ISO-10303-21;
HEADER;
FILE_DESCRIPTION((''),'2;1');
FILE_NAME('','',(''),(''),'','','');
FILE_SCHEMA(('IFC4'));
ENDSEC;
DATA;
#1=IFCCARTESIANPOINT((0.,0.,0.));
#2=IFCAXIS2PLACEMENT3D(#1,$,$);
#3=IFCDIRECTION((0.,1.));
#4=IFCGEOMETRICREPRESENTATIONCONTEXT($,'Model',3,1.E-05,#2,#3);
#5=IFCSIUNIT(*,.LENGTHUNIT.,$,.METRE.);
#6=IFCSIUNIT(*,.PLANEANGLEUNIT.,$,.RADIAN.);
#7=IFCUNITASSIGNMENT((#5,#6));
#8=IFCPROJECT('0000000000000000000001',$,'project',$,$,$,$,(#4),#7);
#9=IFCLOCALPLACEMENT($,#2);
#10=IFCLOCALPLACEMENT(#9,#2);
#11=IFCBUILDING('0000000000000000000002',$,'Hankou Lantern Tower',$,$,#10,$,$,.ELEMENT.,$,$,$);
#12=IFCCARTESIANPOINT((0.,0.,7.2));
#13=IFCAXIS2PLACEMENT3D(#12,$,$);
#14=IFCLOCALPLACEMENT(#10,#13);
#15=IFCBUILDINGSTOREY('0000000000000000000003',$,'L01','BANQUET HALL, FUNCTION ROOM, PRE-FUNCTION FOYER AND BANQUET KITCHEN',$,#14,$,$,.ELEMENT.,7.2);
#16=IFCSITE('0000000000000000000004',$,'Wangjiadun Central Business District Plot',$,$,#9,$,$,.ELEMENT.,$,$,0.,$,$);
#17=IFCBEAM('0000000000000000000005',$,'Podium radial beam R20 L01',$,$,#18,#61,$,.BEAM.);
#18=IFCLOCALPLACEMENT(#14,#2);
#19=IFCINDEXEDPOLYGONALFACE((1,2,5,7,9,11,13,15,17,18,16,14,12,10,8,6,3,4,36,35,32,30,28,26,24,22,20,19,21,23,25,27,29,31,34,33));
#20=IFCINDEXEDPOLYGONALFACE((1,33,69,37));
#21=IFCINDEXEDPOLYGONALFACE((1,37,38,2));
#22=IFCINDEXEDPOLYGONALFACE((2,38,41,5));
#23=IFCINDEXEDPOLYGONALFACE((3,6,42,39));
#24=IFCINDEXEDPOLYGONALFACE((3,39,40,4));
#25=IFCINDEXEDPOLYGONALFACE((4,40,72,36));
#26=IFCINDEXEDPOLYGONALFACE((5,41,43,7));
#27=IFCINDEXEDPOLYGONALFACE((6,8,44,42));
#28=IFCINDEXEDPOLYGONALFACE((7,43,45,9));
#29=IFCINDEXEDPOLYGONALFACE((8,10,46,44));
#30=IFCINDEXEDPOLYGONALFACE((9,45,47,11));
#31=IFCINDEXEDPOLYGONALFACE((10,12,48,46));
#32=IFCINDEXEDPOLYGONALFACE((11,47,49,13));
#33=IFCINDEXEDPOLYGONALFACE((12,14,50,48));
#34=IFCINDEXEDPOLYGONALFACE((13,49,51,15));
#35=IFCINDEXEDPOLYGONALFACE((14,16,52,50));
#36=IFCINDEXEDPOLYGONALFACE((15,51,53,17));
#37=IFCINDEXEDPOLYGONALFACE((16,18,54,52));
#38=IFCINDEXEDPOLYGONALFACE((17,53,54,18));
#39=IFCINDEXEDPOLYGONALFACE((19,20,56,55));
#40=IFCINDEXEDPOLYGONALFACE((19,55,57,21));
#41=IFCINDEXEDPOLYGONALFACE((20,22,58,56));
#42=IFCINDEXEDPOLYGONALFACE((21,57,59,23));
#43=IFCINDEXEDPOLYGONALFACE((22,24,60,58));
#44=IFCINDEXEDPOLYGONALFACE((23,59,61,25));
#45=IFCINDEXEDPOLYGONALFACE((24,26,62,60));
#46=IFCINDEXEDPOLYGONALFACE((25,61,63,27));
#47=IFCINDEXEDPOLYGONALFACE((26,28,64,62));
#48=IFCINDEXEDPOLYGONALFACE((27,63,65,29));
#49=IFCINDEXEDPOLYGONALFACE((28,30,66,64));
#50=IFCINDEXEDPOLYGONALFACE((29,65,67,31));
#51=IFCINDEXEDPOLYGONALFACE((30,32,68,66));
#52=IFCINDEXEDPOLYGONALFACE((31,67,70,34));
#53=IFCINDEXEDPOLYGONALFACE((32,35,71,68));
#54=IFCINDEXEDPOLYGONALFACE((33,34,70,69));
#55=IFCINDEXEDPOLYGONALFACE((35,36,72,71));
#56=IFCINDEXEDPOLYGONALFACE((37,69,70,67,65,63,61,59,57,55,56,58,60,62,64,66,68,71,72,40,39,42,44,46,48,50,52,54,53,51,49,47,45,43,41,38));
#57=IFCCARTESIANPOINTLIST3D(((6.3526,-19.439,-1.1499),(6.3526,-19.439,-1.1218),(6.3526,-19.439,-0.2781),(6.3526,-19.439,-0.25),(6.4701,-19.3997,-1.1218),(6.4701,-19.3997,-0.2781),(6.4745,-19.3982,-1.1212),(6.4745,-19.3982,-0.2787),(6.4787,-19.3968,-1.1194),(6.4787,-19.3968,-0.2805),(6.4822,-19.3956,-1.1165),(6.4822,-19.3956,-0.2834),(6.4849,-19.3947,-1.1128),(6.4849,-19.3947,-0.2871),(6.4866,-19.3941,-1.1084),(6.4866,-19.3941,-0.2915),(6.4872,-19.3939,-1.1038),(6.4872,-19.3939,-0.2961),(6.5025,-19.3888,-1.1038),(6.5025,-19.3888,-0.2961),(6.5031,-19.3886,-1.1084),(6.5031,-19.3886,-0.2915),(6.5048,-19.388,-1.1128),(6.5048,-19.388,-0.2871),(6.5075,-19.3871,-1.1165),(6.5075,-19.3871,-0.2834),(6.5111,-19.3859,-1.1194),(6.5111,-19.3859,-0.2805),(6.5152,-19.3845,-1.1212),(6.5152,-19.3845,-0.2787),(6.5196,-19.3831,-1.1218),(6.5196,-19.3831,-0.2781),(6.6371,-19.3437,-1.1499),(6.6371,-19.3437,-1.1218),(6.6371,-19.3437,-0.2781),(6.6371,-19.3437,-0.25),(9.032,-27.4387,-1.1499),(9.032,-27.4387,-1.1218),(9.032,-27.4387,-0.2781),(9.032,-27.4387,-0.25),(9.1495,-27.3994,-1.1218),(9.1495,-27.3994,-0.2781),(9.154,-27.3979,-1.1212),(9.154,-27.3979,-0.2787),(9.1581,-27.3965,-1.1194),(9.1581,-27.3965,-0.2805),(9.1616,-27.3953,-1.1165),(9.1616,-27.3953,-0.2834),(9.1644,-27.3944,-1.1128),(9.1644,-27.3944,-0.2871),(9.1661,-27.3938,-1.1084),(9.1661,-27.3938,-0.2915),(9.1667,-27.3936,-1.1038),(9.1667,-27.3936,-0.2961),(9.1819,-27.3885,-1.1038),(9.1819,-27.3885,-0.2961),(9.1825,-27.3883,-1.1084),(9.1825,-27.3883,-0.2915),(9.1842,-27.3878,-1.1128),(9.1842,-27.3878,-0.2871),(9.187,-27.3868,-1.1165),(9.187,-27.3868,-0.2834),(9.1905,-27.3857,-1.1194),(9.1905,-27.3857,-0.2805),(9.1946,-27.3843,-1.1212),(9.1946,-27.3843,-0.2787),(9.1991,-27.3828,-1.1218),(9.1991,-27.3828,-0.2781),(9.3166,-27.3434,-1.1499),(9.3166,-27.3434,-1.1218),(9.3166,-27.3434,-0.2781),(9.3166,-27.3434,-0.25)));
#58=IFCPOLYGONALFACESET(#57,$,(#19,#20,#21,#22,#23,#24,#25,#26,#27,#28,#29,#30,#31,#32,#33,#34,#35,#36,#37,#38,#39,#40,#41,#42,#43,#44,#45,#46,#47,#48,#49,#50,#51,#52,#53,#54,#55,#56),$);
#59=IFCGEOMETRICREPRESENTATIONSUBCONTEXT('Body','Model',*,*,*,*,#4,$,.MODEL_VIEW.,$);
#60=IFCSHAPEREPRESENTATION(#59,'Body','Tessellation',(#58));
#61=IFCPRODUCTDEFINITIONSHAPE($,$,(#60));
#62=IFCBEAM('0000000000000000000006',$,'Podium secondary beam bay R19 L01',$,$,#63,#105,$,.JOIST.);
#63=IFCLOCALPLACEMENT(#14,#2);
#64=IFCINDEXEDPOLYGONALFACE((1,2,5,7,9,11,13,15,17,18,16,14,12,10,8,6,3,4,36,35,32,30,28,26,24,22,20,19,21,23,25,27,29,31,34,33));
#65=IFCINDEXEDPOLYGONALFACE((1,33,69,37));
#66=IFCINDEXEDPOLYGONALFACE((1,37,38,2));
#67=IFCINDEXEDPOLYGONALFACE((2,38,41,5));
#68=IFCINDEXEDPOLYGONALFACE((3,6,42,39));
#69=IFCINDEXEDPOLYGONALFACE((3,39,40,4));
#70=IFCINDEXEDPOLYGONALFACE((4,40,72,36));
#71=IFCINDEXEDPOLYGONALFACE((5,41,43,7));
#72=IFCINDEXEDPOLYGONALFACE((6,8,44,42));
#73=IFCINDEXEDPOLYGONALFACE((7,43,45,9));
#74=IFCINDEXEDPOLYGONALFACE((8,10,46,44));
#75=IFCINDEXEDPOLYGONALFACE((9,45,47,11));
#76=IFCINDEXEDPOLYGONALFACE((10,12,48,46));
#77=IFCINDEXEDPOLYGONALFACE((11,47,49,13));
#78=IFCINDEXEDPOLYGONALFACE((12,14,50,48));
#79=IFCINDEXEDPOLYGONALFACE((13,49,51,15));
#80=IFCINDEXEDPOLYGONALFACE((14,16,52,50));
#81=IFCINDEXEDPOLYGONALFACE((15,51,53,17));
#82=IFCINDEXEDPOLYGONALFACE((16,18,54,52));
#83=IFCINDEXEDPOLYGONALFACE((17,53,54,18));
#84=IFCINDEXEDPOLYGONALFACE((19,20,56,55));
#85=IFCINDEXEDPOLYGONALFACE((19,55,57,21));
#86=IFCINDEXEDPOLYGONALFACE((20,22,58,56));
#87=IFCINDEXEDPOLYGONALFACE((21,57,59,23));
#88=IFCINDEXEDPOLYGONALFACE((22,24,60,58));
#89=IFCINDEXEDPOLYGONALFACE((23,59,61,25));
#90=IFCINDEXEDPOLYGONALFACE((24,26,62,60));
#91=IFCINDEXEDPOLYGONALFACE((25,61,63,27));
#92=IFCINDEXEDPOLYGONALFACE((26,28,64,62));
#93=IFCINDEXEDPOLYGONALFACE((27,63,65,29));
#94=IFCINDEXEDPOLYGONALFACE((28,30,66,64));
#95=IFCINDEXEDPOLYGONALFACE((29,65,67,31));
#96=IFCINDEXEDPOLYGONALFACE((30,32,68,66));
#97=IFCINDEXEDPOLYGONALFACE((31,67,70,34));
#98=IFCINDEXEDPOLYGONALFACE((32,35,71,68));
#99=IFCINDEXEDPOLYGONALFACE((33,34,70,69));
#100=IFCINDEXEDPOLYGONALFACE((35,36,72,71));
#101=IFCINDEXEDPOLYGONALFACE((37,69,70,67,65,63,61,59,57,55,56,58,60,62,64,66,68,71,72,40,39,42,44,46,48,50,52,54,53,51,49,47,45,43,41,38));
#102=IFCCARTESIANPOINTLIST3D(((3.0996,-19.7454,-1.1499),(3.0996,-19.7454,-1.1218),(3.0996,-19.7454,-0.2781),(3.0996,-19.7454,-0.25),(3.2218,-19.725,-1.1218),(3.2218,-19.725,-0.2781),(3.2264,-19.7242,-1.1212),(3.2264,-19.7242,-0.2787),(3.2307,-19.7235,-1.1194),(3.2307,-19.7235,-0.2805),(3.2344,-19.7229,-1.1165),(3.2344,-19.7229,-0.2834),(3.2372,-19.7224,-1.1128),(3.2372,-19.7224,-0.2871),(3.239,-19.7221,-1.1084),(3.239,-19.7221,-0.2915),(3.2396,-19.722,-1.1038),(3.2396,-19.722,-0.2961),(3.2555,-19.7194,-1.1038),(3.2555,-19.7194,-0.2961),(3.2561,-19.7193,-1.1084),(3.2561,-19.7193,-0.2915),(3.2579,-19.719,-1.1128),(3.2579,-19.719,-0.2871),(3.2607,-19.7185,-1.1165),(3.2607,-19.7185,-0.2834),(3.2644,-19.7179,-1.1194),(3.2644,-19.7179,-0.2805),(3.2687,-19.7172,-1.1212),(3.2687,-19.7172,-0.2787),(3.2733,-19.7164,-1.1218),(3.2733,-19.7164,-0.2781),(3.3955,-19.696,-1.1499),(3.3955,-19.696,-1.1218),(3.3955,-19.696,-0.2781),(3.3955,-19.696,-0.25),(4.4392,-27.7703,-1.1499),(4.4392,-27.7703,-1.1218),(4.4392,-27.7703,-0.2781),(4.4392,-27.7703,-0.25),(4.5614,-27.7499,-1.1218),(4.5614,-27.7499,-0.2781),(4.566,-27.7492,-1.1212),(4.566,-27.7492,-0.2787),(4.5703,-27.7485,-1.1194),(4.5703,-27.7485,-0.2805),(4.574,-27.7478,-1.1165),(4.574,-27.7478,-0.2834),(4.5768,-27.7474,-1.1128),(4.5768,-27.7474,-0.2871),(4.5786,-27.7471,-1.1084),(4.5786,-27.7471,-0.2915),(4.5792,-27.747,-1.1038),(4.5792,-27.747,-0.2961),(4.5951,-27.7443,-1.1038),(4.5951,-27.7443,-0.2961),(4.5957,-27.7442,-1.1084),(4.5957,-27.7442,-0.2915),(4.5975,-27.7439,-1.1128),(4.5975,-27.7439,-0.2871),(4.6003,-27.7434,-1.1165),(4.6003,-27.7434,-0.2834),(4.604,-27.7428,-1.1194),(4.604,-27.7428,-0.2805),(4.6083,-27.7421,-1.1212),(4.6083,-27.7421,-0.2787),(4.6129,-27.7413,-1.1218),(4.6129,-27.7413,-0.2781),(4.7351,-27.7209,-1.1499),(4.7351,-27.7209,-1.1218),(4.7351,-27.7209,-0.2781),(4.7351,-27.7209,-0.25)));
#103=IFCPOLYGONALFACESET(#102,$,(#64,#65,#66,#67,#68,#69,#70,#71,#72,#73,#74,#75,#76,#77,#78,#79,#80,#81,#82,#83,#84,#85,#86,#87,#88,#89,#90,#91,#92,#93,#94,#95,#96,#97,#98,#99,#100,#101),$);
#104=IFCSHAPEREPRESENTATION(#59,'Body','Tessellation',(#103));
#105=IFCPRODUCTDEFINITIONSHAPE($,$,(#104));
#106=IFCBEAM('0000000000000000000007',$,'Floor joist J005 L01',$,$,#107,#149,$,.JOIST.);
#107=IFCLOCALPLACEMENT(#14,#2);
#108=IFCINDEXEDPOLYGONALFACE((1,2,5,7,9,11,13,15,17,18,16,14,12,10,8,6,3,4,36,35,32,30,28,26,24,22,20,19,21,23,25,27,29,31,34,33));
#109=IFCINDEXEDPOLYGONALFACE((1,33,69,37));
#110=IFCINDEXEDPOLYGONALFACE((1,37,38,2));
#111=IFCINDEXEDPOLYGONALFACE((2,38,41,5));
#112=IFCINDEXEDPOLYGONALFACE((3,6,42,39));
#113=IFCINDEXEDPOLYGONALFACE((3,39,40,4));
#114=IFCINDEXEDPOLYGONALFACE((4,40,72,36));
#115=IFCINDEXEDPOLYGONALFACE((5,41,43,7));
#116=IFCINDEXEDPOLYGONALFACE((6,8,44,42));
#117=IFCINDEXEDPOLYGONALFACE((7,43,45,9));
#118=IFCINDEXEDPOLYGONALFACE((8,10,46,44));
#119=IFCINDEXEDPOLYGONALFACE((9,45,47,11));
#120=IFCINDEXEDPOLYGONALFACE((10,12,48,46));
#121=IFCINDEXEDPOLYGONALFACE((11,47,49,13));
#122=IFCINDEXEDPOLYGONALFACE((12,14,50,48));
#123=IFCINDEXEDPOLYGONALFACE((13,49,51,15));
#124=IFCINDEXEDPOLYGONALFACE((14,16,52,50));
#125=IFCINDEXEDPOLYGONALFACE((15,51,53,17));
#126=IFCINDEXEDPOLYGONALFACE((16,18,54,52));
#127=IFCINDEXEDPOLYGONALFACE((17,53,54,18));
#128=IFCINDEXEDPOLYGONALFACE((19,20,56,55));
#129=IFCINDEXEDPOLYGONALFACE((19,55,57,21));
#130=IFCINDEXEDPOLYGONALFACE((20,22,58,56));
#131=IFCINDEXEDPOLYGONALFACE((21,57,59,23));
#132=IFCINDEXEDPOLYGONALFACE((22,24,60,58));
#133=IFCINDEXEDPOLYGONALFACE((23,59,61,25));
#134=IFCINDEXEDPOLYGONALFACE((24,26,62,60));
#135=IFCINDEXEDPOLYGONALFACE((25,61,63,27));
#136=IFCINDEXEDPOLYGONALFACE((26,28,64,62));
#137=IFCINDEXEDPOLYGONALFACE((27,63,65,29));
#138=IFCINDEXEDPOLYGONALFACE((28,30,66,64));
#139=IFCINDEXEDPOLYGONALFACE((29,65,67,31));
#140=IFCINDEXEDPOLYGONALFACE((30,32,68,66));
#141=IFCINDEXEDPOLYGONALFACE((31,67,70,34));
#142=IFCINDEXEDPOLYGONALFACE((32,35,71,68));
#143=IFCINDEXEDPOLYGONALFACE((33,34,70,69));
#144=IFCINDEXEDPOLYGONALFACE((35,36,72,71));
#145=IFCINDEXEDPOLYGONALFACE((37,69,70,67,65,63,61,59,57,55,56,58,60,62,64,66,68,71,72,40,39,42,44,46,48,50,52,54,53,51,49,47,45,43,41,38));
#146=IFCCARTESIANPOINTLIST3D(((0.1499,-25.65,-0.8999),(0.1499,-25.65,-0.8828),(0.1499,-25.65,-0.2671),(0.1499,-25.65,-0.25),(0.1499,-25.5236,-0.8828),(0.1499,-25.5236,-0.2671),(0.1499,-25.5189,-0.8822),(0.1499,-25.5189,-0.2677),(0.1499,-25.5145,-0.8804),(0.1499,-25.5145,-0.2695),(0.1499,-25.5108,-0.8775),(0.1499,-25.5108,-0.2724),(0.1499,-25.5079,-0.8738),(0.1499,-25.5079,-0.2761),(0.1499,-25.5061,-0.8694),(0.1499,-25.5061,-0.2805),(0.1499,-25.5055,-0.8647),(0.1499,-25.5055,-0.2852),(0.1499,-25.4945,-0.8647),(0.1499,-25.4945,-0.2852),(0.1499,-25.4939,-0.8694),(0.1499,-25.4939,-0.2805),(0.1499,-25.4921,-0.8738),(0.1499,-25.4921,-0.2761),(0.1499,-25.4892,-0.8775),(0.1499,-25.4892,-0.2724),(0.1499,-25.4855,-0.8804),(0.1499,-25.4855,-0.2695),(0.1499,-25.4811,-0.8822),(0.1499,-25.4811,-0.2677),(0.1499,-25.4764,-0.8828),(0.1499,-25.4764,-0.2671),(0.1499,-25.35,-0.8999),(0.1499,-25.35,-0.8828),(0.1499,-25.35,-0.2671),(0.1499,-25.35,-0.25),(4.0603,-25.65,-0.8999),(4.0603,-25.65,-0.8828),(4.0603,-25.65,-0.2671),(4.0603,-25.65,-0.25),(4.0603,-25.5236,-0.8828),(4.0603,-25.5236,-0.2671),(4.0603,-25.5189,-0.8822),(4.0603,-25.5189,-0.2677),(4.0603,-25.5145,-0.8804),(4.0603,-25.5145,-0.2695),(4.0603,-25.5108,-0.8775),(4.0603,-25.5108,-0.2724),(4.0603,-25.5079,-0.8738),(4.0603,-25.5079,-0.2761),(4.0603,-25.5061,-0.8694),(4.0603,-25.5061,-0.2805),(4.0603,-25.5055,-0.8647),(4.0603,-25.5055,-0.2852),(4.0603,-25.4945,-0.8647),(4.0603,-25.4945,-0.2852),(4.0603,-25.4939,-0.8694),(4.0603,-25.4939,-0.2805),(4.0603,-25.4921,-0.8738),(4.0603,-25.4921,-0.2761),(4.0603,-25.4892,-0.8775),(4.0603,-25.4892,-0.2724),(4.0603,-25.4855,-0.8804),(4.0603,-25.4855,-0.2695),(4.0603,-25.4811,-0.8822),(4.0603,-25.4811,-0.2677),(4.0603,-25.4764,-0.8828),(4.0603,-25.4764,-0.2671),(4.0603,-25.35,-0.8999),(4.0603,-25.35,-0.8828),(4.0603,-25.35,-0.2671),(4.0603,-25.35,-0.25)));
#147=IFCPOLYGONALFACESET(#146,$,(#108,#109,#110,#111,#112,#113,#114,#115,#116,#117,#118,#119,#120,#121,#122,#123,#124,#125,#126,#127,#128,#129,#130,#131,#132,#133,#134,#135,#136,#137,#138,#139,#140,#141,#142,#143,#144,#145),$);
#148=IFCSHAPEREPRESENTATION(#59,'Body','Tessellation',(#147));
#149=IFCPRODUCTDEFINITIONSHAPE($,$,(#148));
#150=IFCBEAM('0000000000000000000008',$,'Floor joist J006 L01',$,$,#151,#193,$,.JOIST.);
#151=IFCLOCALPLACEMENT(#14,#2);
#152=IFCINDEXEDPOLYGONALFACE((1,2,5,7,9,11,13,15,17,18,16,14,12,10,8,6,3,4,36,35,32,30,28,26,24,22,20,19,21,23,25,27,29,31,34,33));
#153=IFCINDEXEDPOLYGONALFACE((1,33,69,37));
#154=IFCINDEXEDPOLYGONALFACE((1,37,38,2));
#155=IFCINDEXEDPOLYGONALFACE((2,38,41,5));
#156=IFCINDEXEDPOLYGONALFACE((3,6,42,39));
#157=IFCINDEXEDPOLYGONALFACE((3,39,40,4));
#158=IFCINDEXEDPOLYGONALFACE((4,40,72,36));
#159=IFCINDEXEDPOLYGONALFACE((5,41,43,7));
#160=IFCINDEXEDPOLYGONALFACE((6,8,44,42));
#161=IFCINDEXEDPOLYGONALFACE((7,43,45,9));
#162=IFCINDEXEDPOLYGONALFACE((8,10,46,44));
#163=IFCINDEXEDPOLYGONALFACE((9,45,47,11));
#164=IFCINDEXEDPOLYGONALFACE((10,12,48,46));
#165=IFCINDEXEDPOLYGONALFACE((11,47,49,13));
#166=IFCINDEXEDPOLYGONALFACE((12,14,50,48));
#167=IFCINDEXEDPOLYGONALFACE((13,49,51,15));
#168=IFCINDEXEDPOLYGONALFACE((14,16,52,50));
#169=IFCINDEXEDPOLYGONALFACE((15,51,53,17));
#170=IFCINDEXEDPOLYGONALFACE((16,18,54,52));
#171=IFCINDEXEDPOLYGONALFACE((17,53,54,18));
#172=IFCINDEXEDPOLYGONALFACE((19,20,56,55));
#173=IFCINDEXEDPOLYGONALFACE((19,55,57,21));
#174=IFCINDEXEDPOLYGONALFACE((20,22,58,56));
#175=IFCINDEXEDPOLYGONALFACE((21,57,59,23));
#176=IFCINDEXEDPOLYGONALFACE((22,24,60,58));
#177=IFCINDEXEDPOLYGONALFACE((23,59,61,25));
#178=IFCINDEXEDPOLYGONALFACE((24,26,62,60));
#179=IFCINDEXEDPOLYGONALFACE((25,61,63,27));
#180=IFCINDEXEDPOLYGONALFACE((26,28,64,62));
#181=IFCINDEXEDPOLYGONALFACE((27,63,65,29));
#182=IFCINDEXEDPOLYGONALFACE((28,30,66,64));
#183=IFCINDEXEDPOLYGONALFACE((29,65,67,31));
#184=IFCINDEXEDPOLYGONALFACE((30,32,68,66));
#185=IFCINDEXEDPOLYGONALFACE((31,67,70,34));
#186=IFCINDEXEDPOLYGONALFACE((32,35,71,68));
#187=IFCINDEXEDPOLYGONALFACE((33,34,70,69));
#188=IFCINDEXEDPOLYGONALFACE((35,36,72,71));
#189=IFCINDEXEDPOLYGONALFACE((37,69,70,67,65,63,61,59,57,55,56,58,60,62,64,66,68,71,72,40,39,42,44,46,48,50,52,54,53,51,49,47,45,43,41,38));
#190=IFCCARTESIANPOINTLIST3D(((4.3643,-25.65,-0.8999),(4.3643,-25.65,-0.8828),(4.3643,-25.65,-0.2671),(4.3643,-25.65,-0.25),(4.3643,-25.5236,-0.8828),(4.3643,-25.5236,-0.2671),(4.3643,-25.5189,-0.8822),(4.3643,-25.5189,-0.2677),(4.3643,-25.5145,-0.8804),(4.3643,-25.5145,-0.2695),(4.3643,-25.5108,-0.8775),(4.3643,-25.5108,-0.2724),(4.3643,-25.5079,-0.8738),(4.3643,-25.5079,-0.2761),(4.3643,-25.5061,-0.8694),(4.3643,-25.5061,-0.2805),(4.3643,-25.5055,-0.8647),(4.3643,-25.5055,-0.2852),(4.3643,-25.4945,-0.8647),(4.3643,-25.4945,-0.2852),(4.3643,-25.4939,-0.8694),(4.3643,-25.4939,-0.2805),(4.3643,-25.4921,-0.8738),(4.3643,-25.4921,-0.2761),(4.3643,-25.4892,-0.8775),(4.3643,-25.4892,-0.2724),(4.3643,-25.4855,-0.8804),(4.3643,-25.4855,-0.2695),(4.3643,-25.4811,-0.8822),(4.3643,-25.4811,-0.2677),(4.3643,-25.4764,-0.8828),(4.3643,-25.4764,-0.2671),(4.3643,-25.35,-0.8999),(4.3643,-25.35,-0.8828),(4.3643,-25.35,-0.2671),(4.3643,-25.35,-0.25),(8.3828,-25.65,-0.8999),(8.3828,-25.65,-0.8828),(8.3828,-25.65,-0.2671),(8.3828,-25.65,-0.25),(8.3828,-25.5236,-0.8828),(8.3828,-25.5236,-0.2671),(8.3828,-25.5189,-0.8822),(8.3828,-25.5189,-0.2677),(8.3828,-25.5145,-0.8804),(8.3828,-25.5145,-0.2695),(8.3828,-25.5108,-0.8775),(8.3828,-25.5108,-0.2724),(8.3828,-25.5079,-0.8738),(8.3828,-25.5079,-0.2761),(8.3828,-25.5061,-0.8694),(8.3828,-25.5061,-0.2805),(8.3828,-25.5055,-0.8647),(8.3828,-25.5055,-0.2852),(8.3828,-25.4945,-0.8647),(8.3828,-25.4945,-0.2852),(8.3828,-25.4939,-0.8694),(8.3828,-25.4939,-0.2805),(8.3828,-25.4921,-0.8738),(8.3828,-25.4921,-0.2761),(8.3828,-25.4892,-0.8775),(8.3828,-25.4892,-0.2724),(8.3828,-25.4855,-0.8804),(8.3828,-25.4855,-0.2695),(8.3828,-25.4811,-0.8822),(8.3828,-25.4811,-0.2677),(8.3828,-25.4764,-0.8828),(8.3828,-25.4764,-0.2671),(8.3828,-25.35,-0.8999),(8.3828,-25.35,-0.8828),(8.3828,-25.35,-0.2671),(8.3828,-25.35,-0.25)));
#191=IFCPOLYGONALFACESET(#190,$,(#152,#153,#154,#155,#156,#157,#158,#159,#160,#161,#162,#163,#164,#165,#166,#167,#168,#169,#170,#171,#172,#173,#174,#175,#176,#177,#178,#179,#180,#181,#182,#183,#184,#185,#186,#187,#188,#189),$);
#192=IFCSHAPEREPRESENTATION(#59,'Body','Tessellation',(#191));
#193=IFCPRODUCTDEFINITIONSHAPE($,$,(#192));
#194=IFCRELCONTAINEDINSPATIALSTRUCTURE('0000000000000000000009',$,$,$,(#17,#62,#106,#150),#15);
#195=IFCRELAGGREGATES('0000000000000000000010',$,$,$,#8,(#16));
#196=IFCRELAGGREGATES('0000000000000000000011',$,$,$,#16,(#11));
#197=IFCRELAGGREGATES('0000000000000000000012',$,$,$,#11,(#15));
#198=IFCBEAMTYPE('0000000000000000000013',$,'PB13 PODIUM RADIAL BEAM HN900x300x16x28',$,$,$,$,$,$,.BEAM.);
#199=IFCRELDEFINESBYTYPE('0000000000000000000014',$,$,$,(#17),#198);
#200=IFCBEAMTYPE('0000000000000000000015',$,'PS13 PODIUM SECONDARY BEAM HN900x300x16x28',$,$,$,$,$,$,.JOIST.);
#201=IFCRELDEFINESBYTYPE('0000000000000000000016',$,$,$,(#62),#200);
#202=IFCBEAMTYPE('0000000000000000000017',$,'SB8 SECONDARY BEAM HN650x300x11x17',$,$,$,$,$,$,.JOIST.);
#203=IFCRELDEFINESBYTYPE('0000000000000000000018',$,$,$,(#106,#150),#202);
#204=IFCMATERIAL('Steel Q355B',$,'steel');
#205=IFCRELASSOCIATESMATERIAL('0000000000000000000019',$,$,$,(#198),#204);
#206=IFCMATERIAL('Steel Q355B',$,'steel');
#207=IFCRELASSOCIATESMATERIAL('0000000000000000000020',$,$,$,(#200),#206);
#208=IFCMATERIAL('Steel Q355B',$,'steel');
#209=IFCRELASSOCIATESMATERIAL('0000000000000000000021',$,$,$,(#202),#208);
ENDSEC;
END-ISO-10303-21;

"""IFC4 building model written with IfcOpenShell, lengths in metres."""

from ifc_helpers import new_model, si_unit, direction, frame, origin, origin_2d, place, context, subcontext, project, spatial, i_section, extrude, material, material_profile, profile_set, type_object, element, save


model = new_model("IFC4")

# Units and contexts
model_context = context("Model", 3, precision=1e-05, world=origin(), true_north=direction((0.0, 1.0)))
body_context = subcontext(model_context, "Body", "Model", "MODEL_VIEW")
ifc_project = project(units=[si_unit("LENGTHUNIT", "METRE"), si_unit("PLANEANGLEUNIT", "RADIAN")], contexts=[model_context])

# Site, building, storey
site_placement = place(None, origin())
site = spatial("IfcSite", under=ifc_project, at=site_placement, Name="Wangjiadun Central Business District Plot", CompositionType="ELEMENT", RefElevation=0.0)
building_placement = place(site_placement, origin())
building = spatial("IfcBuilding", under=site, at=building_placement, Name="Hankou Lantern Tower", CompositionType="ELEMENT")
storey_placement = place(building_placement, frame((0.0, 0.0, 7.2)))
storey = spatial("IfcBuildingStorey", under=building, at=storey_placement, Name="L01", Description="BANQUET HALL, FUNCTION ROOM, PRE-FUNCTION FOYER AND BANQUET KITCHEN", CompositionType="ELEMENT", Elevation=7.2)

# Beams
ifc_material_1 = material(Name="Steel Q355B", Category="steel")
ifc_material_profile_1 = material_profile(ifc_material_1, i_section(OverallWidth=0.3, OverallDepth=0.8999, WebThickness=0.0161, FlangeThickness=0.0281, FilletRadius=0.0181, at=origin_2d()), Name="HN900x300x16x28")
ifc_profile_set_1 = profile_set([ifc_material_profile_1], Name="Steel Q355B")
beam_type_1 = type_object("IfcBeamType", Name="PB13 PODIUM RADIAL BEAM HN900x300x16x28", PredefinedType="BEAM", material=ifc_profile_set_1)
beam_1_placement = place(storey_placement, frame((6.4949, -19.3914, -0.7), z_axis=(0.317599, -0.948225, 0.0), x_axis=(0.948225, 0.317599, 0.0)))
element("IfcBeam", 1, at=beam_1_placement, inside=storey, type_object=beam_type_1, Name="Podium radial beam R20 L01", PredefinedType="BEAM", context=body_context, shape_type="SweptSolid", body=[
    extrude(i_section(OverallWidth=0.3, OverallDepth=0.8999, WebThickness=0.0161, FlangeThickness=0.0281, FilletRadius=0.0181, at=origin_2d()), origin(), (0.0, 0.0, 1.0), 8.4365),
])
ifc_material_2 = material(Name="Steel Q355B", Category="steel")
ifc_material_profile_2 = material_profile(ifc_material_2, i_section(OverallWidth=0.3, OverallDepth=0.8999, WebThickness=0.0161, FlangeThickness=0.0281, FilletRadius=0.0181, at=origin_2d()), Name="HN900x300x16x28")
ifc_profile_set_2 = profile_set([ifc_material_profile_2], Name="Steel Q355B")
beam_type_2 = type_object("IfcBeamType", Name="PS13 PODIUM SECONDARY BEAM HN900x300x16x28", PredefinedType="JOIST", material=ifc_profile_set_2)
beam_2_placement = place(storey_placement, frame((3.2476, -19.7207, -0.7), z_axis=(0.164652, -0.986352, 0.0), x_axis=(0.986352, 0.164652, 0.0)))
element("IfcBeam", 2, at=beam_2_placement, inside=storey, type_object=beam_type_2, Name="Podium secondary beam bay R19 L01", PredefinedType="JOIST", context=body_context, shape_type="SweptSolid", body=[
    extrude(i_section(OverallWidth=0.3, OverallDepth=0.8999, WebThickness=0.0161, FlangeThickness=0.0281, FilletRadius=0.0181, at=origin_2d()), origin(), (0.0, 0.0, 1.0), 8.136),
])
ifc_material_3 = material(Name="Steel Q355B", Category="steel")
ifc_material_profile_3 = material_profile(ifc_material_3, i_section(OverallWidth=0.3, OverallDepth=0.6499, WebThickness=0.011, FlangeThickness=0.0171, FilletRadius=0.0181, at=origin_2d()), Name="HN650x300x11x17")
ifc_profile_set_3 = profile_set([ifc_material_profile_3], Name="Steel Q355B")
beam_type_3 = type_object("IfcBeamType", Name="SB8 SECONDARY BEAM HN650x300x11x17", PredefinedType="JOIST", material=ifc_profile_set_3)
beam_3_placement = place(storey_placement, frame((0.1499, -25.5, -0.575), z_axis=(1.0, 0.0, 0.0), x_axis=(0.0, 1.0, 0.0)))
element("IfcBeam", 3, at=beam_3_placement, inside=storey, type_object=beam_type_3, Name="Floor joist J005 L01", PredefinedType="JOIST", context=body_context, shape_type="SweptSolid", body=[
    extrude(i_section(OverallWidth=0.3, OverallDepth=0.6499, WebThickness=0.011, FlangeThickness=0.0171, FilletRadius=0.0181, at=origin_2d()), origin(), (0.0, 0.0, 1.0), 3.9104),
])
beam_4_placement = place(storey_placement, frame((4.3643, -25.5, -0.575), z_axis=(1.0, 0.0, 0.0), x_axis=(0.0, 1.0, 0.0)))
element("IfcBeam", 4, at=beam_4_placement, inside=storey, type_object=beam_type_3, Name="Floor joist J006 L01", PredefinedType="JOIST", context=body_context, shape_type="SweptSolid", body=[
    extrude(i_section(OverallWidth=0.3, OverallDepth=0.6499, WebThickness=0.011, FlangeThickness=0.0171, FilletRadius=0.0181, at=origin_2d()), origin(), (0.0, 0.0, 1.0), 4.0186),
])

save(model, "model.ifc")
